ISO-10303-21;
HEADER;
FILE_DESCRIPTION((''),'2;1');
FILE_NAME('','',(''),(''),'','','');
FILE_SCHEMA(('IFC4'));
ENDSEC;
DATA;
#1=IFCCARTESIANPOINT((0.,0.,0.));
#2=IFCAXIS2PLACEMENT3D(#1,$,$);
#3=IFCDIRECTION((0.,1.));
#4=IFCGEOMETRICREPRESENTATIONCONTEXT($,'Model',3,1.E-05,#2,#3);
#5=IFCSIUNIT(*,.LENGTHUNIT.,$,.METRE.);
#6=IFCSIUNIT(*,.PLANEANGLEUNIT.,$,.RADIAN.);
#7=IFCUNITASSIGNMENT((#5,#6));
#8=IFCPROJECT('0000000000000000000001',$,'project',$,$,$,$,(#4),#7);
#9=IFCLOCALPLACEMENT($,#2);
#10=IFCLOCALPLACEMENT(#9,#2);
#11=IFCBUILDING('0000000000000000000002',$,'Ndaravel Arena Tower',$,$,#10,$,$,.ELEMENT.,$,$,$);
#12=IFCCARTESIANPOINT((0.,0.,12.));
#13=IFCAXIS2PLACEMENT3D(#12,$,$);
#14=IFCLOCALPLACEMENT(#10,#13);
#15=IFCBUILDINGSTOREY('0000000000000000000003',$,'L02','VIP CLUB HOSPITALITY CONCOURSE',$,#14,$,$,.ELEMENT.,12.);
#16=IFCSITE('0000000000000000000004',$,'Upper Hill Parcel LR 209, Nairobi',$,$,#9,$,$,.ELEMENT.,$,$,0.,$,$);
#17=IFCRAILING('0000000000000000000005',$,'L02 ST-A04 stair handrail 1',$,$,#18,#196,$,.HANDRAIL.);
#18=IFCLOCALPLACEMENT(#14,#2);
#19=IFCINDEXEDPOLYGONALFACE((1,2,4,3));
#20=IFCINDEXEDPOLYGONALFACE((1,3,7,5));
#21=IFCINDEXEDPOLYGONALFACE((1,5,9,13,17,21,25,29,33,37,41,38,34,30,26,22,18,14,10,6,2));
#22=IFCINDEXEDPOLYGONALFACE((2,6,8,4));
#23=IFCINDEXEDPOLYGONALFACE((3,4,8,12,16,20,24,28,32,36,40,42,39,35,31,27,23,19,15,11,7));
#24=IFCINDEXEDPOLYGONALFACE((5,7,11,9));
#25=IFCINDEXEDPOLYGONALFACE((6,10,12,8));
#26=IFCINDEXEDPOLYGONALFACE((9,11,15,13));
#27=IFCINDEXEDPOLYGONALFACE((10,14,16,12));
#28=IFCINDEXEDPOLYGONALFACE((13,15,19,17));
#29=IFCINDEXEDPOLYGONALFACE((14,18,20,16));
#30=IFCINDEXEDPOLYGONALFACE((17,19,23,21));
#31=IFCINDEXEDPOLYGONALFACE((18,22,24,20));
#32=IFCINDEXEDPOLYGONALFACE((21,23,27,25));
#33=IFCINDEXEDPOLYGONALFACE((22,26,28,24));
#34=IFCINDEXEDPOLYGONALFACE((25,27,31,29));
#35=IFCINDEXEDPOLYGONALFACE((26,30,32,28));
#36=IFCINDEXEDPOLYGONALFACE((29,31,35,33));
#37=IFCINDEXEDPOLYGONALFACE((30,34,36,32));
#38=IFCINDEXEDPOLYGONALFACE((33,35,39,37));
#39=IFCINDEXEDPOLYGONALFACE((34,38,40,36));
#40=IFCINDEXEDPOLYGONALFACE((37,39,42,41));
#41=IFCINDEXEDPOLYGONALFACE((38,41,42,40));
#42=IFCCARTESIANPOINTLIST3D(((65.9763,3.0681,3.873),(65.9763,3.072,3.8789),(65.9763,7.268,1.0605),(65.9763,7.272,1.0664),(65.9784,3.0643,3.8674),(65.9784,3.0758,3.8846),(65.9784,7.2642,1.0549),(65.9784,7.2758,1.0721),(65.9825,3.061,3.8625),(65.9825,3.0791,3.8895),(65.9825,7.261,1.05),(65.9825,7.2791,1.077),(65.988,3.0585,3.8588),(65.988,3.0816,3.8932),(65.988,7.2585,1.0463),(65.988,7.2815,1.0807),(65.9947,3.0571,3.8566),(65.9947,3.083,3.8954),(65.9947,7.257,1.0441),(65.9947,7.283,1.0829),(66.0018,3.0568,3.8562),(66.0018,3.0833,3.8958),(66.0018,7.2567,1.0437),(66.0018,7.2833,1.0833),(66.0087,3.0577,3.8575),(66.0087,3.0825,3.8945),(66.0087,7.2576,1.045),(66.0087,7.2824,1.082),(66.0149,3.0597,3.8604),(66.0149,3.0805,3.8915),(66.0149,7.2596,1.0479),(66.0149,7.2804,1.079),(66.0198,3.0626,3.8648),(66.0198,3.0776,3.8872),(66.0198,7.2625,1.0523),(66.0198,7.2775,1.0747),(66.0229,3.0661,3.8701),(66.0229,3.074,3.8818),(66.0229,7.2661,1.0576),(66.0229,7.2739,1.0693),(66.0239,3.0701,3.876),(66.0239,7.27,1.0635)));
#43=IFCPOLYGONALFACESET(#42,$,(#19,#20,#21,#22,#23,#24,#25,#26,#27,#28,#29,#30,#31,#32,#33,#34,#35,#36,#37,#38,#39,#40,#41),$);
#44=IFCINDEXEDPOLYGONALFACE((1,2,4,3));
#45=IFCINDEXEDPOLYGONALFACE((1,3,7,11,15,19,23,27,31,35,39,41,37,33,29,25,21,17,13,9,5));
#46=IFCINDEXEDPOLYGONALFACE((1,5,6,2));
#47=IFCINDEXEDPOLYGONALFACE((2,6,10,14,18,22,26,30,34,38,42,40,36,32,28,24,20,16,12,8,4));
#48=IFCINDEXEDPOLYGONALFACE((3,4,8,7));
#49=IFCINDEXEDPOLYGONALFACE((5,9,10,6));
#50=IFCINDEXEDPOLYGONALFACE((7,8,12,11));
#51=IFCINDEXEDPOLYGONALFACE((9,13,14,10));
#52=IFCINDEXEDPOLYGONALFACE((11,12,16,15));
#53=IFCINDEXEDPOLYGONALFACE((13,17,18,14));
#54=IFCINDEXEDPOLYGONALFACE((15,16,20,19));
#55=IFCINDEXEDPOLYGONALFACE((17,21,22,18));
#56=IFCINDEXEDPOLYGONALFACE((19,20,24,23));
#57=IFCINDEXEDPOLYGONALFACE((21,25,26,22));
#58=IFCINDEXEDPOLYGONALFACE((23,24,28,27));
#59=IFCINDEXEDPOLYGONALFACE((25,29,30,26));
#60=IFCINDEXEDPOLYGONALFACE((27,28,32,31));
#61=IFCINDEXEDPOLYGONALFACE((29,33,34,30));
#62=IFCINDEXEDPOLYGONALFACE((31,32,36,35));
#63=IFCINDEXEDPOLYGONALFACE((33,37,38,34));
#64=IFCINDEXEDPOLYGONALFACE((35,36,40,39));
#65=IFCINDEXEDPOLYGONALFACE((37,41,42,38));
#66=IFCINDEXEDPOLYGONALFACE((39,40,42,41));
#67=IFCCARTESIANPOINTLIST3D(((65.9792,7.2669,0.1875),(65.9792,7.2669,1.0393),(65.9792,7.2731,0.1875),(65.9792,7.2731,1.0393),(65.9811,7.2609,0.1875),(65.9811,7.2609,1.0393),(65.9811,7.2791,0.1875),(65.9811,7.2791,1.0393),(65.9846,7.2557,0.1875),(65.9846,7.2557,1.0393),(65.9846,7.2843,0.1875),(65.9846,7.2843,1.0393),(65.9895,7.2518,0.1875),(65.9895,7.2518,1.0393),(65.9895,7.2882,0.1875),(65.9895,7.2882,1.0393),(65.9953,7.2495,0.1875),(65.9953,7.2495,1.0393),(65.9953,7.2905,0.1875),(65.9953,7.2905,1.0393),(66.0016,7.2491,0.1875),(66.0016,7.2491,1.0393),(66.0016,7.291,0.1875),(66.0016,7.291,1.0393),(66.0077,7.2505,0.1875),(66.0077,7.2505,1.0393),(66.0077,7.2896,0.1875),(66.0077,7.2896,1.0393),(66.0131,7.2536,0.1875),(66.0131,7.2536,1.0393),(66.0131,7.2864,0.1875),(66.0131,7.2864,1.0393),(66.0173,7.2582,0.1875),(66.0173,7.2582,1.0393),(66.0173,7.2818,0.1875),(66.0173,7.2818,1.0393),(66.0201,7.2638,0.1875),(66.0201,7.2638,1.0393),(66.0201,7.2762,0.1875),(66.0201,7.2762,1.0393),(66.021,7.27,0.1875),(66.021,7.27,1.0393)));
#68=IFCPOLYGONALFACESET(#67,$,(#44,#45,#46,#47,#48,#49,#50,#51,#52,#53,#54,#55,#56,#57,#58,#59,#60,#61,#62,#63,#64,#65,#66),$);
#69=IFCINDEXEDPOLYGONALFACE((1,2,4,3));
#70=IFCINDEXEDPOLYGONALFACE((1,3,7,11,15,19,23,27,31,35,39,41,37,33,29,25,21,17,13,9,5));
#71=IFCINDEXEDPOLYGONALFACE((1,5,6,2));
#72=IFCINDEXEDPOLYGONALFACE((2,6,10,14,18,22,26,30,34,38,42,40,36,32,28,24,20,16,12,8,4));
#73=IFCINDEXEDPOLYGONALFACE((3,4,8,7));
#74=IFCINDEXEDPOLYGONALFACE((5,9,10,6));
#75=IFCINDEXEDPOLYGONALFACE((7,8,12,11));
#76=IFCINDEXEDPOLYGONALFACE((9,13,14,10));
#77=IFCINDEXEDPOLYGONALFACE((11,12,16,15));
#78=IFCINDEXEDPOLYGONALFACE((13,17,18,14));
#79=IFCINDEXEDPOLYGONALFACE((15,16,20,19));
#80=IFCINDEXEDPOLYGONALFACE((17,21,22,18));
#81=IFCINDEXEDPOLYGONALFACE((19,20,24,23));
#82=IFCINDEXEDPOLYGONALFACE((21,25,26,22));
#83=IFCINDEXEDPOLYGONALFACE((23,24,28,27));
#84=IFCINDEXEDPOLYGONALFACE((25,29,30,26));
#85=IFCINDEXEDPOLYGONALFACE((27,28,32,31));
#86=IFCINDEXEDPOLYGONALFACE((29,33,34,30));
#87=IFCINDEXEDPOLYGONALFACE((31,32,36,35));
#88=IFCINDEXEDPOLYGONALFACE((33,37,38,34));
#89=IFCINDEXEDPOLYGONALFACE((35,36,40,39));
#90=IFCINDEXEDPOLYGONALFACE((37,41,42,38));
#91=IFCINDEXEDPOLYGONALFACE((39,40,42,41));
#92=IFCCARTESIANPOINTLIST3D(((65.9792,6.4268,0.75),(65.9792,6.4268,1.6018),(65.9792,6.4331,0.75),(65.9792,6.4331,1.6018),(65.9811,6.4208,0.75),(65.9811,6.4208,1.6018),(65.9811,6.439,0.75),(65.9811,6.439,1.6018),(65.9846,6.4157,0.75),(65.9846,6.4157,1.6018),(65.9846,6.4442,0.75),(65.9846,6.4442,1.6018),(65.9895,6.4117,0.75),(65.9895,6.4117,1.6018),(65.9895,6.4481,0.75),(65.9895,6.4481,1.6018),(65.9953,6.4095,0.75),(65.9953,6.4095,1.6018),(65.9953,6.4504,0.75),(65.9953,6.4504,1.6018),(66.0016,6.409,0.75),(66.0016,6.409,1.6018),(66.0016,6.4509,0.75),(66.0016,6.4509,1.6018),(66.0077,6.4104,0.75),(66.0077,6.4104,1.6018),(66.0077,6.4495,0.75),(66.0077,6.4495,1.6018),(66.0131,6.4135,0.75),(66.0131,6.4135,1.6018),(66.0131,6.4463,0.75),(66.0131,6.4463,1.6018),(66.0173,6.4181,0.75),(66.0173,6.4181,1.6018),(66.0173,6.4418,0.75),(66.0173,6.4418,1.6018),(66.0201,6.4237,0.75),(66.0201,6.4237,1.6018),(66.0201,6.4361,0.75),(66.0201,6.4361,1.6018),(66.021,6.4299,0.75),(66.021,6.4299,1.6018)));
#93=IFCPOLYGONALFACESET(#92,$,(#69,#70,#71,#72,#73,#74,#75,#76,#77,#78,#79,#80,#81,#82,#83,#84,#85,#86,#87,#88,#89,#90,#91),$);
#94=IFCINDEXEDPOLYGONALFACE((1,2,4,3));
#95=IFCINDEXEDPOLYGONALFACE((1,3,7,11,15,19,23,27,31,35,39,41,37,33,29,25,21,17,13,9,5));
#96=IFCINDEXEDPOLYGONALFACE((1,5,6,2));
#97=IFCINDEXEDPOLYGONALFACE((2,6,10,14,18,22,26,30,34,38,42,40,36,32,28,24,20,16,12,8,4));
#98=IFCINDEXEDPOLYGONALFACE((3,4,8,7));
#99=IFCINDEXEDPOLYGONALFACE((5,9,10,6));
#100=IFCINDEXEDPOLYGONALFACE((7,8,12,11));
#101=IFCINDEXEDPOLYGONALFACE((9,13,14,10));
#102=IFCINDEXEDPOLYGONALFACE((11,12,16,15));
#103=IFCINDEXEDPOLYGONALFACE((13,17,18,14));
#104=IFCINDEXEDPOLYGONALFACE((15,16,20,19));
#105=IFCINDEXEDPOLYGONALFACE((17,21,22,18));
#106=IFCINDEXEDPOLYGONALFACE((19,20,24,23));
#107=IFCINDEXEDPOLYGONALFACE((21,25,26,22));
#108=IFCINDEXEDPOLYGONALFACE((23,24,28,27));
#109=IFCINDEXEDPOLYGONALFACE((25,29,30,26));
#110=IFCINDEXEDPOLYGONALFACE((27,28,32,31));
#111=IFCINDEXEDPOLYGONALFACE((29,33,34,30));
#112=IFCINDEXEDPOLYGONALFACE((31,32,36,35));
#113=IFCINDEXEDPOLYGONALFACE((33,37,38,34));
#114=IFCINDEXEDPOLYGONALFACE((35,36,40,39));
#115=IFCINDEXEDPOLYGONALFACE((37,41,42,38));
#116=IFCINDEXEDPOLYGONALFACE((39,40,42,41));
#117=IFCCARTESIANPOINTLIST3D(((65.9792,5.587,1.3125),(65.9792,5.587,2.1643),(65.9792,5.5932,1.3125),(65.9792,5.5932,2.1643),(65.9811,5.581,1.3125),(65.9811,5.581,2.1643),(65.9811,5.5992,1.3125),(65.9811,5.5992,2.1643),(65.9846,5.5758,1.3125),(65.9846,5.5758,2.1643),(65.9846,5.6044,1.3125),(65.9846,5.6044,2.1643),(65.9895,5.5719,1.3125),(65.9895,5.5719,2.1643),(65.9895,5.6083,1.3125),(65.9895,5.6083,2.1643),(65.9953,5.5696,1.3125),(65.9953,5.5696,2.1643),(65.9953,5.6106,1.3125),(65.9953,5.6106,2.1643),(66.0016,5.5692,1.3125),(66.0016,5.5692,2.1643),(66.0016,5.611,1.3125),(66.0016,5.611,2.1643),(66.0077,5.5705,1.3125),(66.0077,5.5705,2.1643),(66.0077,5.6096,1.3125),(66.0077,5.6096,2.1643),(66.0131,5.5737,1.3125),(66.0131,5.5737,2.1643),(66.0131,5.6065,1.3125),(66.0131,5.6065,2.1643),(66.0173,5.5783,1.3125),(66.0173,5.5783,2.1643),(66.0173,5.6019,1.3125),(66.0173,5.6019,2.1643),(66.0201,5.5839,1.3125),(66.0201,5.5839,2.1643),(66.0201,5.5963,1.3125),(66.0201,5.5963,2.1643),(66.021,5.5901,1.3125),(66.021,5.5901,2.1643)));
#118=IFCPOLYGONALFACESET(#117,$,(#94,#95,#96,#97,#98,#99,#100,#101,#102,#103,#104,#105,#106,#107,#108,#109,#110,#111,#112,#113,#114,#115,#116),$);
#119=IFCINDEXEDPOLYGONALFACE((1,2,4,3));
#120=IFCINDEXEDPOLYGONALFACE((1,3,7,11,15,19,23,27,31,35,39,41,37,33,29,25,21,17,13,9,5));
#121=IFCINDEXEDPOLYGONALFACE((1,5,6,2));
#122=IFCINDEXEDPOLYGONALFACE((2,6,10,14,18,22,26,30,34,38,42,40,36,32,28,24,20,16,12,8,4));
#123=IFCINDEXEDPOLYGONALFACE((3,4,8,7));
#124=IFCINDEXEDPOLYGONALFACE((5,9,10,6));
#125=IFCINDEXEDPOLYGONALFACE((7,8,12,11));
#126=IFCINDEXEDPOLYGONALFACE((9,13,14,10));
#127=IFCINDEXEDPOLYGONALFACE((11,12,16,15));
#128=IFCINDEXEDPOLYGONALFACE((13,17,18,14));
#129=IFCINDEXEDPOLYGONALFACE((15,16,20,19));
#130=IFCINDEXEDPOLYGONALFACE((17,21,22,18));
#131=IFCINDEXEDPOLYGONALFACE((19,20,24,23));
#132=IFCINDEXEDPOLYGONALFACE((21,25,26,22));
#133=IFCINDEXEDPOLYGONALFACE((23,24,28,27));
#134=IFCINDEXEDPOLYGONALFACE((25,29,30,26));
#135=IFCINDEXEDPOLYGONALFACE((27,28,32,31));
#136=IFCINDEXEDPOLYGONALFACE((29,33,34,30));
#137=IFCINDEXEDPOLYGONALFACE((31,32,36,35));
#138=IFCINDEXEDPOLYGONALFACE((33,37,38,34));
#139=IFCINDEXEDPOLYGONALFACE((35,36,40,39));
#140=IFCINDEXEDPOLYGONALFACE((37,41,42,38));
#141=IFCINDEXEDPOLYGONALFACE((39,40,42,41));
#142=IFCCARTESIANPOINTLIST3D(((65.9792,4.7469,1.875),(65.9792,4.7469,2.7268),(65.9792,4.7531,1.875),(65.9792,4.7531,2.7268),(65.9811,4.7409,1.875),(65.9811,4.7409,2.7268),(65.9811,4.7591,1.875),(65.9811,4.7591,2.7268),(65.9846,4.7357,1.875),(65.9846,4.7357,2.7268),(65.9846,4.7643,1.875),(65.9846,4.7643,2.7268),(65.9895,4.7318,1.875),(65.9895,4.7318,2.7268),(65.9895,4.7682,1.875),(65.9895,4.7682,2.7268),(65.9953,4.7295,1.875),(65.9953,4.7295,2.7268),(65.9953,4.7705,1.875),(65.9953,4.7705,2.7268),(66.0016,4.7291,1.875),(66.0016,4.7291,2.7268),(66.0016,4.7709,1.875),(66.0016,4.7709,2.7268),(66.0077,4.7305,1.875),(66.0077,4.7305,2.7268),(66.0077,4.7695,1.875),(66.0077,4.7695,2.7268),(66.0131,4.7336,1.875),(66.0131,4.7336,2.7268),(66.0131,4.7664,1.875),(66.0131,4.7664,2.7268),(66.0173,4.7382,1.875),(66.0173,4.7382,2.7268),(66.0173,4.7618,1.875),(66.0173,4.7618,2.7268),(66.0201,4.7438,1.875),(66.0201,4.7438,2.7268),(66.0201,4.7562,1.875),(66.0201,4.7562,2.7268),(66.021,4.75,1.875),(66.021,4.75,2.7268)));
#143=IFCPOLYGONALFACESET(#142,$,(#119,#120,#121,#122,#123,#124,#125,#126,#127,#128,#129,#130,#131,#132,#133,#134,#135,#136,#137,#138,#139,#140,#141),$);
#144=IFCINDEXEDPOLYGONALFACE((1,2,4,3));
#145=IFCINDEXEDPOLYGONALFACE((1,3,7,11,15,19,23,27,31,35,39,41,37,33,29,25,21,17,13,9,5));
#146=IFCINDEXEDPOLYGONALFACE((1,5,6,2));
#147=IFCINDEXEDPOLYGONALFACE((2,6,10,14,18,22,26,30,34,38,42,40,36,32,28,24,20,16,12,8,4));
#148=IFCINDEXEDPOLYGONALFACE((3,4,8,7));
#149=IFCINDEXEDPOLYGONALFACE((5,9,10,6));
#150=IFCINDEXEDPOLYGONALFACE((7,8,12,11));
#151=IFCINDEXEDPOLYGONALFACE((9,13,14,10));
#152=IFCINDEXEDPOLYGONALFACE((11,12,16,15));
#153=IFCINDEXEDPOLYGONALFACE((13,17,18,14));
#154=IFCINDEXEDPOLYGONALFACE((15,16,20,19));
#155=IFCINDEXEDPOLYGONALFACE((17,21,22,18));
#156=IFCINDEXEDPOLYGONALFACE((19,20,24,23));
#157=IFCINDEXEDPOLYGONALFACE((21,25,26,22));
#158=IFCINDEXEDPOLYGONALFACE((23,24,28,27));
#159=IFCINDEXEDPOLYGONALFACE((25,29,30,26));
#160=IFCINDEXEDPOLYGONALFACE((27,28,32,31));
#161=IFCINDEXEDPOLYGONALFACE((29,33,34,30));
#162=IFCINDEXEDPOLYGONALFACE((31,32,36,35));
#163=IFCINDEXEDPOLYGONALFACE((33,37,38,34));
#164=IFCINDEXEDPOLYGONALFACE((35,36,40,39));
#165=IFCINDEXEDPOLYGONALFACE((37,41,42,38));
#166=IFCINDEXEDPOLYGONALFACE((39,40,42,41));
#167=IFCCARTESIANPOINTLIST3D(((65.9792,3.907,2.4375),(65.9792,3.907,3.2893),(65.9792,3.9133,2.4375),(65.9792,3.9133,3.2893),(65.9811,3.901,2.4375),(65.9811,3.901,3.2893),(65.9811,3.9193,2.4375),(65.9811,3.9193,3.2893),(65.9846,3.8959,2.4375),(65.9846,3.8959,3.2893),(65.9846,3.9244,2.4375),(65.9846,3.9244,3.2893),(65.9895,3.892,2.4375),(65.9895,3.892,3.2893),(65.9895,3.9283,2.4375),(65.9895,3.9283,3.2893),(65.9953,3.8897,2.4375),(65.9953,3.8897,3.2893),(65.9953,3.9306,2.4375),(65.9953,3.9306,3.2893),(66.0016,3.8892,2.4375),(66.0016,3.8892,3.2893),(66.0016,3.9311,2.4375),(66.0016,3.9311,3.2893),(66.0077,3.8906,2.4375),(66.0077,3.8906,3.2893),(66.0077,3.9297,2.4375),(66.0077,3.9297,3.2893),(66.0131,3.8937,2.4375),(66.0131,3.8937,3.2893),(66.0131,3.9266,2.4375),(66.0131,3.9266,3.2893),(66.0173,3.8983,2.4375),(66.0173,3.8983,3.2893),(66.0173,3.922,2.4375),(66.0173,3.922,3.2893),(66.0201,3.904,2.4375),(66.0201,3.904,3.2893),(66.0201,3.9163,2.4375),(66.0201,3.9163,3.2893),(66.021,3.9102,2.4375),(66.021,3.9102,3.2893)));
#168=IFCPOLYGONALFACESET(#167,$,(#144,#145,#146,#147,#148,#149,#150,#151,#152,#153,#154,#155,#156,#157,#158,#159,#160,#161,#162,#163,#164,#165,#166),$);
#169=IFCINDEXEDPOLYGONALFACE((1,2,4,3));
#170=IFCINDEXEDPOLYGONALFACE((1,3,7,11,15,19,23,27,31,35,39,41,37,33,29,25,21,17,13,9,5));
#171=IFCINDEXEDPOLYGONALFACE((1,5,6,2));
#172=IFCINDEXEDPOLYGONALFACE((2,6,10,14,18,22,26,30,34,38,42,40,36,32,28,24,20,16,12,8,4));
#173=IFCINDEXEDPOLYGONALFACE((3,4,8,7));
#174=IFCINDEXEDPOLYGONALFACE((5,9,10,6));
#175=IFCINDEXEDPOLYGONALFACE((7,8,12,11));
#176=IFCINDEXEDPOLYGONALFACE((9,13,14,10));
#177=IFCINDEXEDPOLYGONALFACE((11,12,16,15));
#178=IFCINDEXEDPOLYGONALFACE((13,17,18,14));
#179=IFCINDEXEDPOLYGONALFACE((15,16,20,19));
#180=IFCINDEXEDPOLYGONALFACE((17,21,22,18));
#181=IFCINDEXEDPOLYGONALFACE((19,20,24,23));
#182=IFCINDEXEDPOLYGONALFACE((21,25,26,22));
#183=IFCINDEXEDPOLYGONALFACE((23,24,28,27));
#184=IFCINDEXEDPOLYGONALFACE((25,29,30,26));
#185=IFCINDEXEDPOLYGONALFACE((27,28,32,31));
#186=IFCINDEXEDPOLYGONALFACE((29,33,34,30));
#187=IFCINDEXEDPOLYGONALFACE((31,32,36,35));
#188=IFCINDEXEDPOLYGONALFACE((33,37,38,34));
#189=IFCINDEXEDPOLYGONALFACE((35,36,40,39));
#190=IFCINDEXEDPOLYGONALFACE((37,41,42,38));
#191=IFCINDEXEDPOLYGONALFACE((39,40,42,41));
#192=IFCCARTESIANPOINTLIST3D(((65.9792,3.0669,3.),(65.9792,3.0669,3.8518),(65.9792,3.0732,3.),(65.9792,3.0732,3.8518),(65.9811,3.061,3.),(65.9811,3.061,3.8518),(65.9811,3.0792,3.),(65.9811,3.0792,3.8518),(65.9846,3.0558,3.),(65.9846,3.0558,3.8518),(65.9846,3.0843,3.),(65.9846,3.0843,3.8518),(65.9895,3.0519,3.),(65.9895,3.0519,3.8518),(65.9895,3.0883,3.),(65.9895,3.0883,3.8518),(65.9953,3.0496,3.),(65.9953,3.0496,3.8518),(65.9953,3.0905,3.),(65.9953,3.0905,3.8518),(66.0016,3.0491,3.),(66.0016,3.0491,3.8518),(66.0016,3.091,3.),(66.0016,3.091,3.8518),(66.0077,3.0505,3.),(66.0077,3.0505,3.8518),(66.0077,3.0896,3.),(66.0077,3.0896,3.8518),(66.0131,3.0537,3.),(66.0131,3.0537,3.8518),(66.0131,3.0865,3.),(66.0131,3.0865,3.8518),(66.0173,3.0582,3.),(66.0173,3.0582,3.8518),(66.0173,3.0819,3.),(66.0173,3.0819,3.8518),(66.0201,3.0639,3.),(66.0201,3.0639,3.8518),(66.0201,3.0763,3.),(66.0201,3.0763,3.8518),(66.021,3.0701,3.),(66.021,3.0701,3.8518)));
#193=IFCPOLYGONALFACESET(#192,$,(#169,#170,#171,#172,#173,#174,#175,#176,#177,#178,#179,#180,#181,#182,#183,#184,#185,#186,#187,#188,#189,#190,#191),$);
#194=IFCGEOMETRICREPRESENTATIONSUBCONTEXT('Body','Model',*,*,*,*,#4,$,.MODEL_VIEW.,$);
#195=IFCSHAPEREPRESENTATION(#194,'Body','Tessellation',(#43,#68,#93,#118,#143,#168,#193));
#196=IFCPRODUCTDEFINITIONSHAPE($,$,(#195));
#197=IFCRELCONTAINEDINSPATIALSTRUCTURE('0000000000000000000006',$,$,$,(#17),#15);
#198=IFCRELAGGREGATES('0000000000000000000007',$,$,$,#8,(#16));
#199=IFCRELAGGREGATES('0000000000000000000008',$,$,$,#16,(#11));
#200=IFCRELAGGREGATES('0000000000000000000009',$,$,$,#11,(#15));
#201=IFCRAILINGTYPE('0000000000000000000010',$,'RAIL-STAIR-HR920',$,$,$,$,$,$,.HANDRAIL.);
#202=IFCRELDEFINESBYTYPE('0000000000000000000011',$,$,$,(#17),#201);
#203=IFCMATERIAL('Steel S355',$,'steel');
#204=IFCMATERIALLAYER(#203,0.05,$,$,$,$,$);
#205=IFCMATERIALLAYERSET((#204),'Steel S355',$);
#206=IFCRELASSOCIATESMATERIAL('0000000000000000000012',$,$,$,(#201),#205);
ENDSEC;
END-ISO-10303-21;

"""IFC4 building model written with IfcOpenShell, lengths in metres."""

from ifc_helpers import new_model, si_unit, direction, frame, origin, origin_2d, place, context, subcontext, project, spatial, circle, extrude, material, layer, layer_set, type_object, element, save


model = new_model("IFC4")

# Units and contexts
model_context = context("Model", 3, precision=1e-05, world=origin(), true_north=direction((0.0, 1.0)))
body_context = subcontext(model_context, "Body", "Model", "MODEL_VIEW")
ifc_project = project(units=[si_unit("LENGTHUNIT", "METRE"), si_unit("PLANEANGLEUNIT", "RADIAN")], contexts=[model_context])

# Site, building, storey
site_placement = place(None, origin())
site = spatial("IfcSite", under=ifc_project, at=site_placement, Name="Upper Hill Parcel LR 209, Nairobi", CompositionType="ELEMENT", RefElevation=0.0)
building_placement = place(site_placement, origin())
building = spatial("IfcBuilding", under=site, at=building_placement, Name="Ndaravel Arena Tower", CompositionType="ELEMENT")
storey_placement = place(building_placement, frame((0.0, 0.0, 12.0)))
storey = spatial("IfcBuildingStorey", under=building, at=storey_placement, Name="L02", Description="VIP CLUB HOSPITALITY CONCOURSE", CompositionType="ELEMENT", Elevation=12.0)

# Railing
ifc_material_1 = material(Name="Steel S355", Category="steel")
ifc_layer_1 = layer(ifc_material_1, 0.05)
ifc_layer_set_1 = layer_set([ifc_layer_1], Name="Steel S355")
railing_type_1 = type_object("IfcRailingType", Name="RAIL-STAIR-HR920", PredefinedType="HANDRAIL", material=ifc_layer_set_1)
railing_1_placement = place(storey_placement, frame((66.0, 7.27, 0.1875)))
element("IfcRailing", 1, at=railing_1_placement, inside=storey, type_object=railing_type_1, Name="L02 ST-A04 stair handrail 1", PredefinedType="HANDRAIL", context=body_context, shape_type="SweptSolid", body=[
    extrude(circle(Radius=0.0239, at=origin_2d()), frame((0.0, 0.0, 0.876), z_axis=(0.0, -0.830904, 0.556416), x_axis=(1.0, 0.0, 0.0)), (0.0, 0.0, 1.0), 5.0547),
    extrude(circle(Radius=0.021, at=origin_2d()), origin(), (0.0, 0.0, 1.0), 0.8518),
    extrude(circle(Radius=0.021, at=origin_2d()), frame((0.0, -0.8401, 0.5625)), (0.0, 0.0, 1.0), 0.8518),
    extrude(circle(Radius=0.021, at=origin_2d()), frame((0.0, -1.6799, 1.125)), (0.0, 0.0, 1.0), 0.8518),
    extrude(circle(Radius=0.021, at=origin_2d()), frame((0.0, -2.52, 1.6875)), (0.0, 0.0, 1.0), 0.8518),
    extrude(circle(Radius=0.021, at=origin_2d()), frame((0.0, -3.3599, 2.25)), (0.0, 0.0, 1.0), 0.8518),
    extrude(circle(Radius=0.021, at=origin_2d()), frame((0.0, -4.2, 2.8125)), (0.0, 0.0, 1.0), 0.8518),
])

save(model, "model.ifc")
